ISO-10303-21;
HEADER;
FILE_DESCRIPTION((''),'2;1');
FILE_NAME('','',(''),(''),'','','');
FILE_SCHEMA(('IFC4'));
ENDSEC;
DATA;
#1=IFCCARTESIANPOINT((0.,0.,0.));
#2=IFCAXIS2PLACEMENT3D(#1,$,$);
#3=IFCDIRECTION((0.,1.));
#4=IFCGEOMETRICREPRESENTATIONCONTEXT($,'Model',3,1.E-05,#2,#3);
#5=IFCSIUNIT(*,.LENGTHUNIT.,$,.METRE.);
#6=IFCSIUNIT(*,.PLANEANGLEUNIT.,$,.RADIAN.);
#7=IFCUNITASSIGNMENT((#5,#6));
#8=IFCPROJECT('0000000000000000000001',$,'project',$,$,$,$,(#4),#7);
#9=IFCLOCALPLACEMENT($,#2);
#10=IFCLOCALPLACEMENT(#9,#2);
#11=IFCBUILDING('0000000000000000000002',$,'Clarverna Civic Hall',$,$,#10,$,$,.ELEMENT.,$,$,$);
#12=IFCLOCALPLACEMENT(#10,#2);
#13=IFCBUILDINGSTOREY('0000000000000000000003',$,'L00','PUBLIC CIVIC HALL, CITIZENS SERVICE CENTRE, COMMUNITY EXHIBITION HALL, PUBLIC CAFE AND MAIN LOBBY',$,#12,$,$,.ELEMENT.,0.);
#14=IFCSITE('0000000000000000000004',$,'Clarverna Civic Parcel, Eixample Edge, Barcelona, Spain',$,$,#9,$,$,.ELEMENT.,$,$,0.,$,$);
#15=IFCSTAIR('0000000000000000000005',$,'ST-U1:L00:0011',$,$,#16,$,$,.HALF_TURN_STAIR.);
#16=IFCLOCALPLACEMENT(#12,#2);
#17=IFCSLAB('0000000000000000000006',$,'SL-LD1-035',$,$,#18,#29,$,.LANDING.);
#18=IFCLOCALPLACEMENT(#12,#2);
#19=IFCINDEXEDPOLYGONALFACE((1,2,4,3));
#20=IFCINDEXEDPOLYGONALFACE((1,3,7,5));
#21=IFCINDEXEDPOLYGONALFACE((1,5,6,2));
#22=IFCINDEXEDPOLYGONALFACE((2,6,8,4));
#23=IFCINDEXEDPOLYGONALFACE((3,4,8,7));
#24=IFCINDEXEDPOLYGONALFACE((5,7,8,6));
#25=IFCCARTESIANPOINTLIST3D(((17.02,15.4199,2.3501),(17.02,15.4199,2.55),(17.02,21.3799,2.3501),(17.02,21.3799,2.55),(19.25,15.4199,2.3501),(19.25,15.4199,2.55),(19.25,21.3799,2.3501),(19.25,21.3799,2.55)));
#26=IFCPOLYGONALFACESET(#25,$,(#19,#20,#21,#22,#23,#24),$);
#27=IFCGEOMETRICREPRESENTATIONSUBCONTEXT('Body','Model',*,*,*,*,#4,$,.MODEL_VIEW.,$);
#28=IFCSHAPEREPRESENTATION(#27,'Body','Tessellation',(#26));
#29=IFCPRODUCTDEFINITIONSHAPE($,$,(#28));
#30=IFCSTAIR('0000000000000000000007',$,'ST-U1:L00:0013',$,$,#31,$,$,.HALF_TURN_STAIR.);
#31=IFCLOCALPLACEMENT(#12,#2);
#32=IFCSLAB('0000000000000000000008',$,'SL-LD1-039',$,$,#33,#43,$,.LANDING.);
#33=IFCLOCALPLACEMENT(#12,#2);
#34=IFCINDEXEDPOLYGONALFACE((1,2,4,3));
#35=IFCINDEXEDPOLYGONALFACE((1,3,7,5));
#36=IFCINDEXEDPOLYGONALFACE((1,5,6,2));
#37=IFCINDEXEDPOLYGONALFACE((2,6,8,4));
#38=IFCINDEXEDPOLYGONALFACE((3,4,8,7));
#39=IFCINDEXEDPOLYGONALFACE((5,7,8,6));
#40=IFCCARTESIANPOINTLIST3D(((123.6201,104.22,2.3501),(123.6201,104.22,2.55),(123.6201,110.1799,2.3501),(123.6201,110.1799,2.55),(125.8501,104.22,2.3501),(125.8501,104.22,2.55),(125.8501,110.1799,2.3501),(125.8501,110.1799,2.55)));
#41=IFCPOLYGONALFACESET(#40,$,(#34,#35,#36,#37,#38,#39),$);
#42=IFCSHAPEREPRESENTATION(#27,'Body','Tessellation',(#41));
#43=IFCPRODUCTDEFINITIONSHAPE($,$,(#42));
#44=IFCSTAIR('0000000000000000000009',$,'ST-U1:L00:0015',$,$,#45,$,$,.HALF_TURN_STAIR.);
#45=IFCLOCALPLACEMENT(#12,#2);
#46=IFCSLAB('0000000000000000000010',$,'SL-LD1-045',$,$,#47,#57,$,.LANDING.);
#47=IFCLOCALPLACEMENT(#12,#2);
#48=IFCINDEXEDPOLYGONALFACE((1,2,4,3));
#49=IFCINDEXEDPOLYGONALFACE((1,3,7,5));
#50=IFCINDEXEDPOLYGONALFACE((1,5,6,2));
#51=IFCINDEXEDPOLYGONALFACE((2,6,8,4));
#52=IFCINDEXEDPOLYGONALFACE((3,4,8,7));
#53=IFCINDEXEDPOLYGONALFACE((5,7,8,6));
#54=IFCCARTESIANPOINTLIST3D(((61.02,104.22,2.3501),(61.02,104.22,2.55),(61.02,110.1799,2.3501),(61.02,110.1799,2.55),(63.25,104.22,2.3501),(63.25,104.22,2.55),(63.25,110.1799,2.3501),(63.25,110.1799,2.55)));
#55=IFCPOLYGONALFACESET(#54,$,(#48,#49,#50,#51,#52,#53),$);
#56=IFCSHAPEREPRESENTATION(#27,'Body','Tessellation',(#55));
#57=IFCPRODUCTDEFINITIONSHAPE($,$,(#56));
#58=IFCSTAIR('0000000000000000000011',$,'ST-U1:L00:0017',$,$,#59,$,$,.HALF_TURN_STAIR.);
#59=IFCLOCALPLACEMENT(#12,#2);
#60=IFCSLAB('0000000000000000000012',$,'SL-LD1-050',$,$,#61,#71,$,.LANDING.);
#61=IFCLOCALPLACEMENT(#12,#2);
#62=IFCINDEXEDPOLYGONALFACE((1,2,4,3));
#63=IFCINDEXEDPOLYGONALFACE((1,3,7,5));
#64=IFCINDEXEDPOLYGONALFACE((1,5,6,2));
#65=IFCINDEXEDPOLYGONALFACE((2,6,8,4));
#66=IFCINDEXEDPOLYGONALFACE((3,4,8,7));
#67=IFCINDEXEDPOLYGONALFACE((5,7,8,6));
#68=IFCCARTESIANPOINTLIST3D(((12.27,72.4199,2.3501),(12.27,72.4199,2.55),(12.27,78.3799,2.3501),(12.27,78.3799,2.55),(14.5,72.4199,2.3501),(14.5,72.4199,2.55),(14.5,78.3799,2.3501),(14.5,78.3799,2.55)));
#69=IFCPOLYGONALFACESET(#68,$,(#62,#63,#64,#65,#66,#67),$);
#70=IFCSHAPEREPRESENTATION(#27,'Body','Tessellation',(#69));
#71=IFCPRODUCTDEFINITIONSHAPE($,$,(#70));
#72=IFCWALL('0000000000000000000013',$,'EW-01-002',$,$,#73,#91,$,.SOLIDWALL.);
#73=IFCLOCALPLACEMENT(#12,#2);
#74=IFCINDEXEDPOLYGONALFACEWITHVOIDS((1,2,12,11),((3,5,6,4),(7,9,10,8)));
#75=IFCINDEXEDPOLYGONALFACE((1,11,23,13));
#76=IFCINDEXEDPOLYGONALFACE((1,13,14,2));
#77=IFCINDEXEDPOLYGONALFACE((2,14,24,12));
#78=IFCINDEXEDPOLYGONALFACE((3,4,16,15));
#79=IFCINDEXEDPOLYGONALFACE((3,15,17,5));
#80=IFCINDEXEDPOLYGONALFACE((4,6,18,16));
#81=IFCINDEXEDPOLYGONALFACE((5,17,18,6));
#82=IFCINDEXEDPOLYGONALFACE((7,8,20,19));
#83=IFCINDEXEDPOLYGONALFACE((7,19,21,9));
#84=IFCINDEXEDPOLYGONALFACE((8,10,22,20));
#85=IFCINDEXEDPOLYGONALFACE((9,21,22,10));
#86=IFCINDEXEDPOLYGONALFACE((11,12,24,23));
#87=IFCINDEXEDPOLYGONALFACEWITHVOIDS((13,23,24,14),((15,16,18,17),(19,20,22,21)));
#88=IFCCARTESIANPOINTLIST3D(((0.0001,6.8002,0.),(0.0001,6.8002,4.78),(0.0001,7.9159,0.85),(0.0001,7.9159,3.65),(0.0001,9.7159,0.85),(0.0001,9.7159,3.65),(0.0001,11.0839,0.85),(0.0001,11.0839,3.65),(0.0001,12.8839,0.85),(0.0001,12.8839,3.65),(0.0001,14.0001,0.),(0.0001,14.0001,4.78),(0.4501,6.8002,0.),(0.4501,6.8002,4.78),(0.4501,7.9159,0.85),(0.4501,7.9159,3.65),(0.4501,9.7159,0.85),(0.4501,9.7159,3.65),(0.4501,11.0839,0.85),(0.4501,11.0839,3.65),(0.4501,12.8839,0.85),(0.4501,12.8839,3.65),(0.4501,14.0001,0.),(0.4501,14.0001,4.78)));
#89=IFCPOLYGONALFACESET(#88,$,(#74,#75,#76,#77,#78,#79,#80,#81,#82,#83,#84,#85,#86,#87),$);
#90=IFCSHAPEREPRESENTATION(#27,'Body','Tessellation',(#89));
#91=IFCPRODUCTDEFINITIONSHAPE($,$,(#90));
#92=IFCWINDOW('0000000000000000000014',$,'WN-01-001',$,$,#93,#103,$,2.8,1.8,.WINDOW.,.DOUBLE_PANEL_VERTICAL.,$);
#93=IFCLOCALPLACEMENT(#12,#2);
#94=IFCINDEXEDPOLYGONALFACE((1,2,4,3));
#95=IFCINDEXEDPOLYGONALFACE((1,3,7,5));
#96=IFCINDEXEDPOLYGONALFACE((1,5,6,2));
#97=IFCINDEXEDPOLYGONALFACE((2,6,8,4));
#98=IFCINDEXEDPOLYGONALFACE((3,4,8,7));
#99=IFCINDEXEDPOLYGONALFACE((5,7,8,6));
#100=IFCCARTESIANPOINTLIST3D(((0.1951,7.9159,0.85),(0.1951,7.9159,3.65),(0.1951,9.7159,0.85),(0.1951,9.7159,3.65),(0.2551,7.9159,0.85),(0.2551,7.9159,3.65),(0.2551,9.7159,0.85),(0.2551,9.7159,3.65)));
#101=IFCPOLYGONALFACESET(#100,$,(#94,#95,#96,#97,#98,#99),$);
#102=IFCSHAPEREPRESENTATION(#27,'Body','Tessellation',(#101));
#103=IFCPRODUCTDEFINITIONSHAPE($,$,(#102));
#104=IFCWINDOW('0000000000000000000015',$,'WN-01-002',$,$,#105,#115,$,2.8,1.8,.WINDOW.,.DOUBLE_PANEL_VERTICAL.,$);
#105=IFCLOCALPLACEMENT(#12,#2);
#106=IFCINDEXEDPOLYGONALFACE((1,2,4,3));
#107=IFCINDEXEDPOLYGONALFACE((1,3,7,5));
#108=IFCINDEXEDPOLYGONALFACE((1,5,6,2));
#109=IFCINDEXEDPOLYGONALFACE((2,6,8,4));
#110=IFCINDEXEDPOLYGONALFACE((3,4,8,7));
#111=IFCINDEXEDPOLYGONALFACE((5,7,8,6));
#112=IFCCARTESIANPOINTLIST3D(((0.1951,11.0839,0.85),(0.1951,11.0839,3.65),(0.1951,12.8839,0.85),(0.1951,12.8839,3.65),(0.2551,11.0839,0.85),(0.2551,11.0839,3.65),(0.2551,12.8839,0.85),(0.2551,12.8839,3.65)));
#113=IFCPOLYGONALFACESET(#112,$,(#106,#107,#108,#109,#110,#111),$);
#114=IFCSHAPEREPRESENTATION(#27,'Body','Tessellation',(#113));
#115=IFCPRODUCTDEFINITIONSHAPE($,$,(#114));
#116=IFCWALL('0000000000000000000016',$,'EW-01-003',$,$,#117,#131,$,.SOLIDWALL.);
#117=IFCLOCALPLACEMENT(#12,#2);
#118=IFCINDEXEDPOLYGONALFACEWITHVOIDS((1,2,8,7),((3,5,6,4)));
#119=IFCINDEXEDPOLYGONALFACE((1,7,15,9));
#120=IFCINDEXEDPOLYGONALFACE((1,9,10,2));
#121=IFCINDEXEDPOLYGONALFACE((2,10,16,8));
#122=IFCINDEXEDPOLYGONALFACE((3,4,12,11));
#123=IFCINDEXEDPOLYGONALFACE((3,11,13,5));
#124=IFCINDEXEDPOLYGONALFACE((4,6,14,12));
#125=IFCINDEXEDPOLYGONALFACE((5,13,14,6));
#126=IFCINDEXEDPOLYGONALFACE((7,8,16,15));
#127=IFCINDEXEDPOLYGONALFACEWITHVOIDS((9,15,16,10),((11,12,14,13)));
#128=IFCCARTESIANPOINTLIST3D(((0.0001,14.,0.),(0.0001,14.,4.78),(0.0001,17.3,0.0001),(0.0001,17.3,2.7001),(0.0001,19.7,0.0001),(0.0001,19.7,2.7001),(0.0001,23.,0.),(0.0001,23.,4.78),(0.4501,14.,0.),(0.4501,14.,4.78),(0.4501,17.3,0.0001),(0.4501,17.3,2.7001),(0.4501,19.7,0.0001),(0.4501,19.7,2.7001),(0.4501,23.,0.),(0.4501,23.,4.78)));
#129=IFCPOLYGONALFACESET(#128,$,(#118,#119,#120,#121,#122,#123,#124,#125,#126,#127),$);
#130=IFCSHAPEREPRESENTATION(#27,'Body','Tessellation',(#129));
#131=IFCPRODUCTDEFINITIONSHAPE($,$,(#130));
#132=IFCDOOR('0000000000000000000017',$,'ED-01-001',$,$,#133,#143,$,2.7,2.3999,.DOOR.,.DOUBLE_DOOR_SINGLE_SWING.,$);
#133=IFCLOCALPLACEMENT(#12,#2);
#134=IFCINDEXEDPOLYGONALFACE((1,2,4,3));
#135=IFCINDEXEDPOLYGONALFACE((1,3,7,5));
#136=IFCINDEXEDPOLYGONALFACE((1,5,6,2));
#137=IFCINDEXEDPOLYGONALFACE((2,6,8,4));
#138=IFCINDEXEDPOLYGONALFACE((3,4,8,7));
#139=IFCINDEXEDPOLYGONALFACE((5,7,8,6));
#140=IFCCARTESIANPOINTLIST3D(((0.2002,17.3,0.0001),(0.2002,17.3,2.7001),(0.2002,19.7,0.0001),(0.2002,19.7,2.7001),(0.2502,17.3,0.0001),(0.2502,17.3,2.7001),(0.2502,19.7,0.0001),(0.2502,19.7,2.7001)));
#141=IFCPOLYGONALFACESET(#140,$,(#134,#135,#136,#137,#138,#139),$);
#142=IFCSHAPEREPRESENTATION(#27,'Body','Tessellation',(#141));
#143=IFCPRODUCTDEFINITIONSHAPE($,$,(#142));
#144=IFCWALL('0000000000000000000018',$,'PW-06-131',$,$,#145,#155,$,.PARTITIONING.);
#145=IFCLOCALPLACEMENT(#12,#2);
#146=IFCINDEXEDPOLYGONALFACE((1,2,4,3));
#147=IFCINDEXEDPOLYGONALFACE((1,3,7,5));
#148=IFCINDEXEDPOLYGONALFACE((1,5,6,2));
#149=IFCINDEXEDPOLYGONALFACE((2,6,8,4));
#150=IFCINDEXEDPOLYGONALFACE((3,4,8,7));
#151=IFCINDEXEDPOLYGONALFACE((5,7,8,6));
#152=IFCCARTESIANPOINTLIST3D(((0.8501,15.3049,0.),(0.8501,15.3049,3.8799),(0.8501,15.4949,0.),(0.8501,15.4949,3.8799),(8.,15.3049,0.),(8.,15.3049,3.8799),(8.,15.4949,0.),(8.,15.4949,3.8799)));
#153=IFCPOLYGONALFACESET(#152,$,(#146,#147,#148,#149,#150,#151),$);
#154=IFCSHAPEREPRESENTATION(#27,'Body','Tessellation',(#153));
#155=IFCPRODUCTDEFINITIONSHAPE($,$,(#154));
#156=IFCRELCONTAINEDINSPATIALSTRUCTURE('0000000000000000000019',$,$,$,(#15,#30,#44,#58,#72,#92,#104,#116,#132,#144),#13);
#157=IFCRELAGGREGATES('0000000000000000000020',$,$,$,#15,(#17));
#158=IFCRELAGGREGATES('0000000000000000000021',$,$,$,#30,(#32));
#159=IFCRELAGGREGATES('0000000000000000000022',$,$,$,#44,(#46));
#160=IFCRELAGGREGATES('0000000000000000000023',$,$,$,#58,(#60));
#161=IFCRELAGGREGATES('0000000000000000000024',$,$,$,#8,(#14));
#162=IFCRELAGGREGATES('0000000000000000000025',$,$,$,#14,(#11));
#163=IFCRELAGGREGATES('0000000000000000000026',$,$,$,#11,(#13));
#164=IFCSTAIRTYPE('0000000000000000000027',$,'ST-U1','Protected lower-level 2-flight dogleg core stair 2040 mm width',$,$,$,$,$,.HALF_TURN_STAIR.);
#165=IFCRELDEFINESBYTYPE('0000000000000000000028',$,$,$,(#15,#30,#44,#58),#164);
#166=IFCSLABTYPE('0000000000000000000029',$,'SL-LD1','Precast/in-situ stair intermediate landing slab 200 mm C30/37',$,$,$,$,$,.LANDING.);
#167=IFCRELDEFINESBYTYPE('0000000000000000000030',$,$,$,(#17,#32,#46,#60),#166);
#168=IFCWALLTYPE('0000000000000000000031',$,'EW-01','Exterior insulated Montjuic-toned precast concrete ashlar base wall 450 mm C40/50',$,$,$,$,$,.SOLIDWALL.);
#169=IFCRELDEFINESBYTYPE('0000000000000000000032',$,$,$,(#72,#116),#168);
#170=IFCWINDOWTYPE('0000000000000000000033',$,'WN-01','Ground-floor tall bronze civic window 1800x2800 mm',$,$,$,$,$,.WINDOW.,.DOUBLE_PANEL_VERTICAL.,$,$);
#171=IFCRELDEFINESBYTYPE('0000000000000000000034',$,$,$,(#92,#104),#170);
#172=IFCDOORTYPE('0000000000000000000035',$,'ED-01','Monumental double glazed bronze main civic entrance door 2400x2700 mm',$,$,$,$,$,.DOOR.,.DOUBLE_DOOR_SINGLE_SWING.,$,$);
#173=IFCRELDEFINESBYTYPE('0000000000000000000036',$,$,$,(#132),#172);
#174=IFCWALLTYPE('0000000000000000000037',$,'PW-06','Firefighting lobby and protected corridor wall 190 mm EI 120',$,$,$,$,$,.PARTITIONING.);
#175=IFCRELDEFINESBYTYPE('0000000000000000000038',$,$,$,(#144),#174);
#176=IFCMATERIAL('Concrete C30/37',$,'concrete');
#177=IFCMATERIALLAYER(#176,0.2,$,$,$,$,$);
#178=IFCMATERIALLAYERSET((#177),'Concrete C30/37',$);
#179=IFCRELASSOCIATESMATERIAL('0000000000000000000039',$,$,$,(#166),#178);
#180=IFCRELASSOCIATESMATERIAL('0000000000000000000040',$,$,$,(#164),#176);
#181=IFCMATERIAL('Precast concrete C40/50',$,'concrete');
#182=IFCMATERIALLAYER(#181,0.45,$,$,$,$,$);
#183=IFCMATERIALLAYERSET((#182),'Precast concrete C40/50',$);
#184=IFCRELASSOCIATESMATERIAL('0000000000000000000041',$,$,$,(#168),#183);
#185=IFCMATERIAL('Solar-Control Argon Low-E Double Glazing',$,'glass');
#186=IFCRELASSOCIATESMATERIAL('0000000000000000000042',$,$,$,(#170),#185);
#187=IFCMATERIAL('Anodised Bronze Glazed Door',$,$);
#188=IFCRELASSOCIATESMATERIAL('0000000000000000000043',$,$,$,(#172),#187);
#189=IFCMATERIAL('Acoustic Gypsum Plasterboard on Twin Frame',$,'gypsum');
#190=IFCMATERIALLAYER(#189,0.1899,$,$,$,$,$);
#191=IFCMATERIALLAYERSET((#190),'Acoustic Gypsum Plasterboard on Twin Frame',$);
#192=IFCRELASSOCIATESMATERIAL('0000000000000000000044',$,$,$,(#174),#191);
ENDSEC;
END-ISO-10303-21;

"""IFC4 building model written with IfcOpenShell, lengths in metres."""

from ifc_helpers import new_model, si_unit, direction, frame, frame_2d, origin, place, context, subcontext, project, spatial, polyline, rectangle, outline, extrude, material, layer, layer_set, type_object, element, fill, aggregate, save


model = new_model("IFC4")

# Units and contexts
model_context = context("Model", 3, precision=1e-05, world=origin(), true_north=direction((0.0, 1.0)))
body_context = subcontext(model_context, "Body", "Model", "MODEL_VIEW")
ifc_project = project(units=[si_unit("LENGTHUNIT", "METRE"), si_unit("PLANEANGLEUNIT", "RADIAN")], contexts=[model_context])

# Site, building, storey
site_placement = place(None, origin())
site = spatial("IfcSite", under=ifc_project, at=site_placement, Name="Clarverna Civic Parcel, Eixample Edge, Barcelona, Spain", CompositionType="ELEMENT", RefElevation=0.0)
building_placement = place(site_placement, origin())
building = spatial("IfcBuilding", under=site, at=building_placement, Name="Clarverna Civic Hall", CompositionType="ELEMENT")
storey_placement = place(building_placement, origin())
storey = spatial("IfcBuildingStorey", under=building, at=storey_placement, Name="L00", Description="PUBLIC CIVIC HALL, CITIZENS SERVICE CENTRE, COMMUNITY EXHIBITION HALL, PUBLIC CAFE AND MAIN LOBBY", CompositionType="ELEMENT", Elevation=0.0)

# Stairs, slabs
ifc_material_1 = material(Name="Concrete C30/37", Category="concrete")
ifc_layer_1 = layer(ifc_material_1, 0.2)
ifc_layer_set_1 = layer_set([ifc_layer_1], Name="Concrete C30/37")
slab_type = type_object("IfcSlabType", Name="SL-LD1", Description="Precast/in-situ stair intermediate landing slab 200 mm C30/37", PredefinedType="LANDING", material=ifc_layer_set_1)
stair_type_1 = type_object("IfcStairType", Name="ST-U1", Description="Protected lower-level 2-flight dogleg core stair 2040 mm width", PredefinedType="HALF_TURN_STAIR", material=ifc_material_1)
stair_1_placement = place(storey_placement, origin())
stair_1 = element("IfcStair", 1, at=stair_1_placement, inside=storey, type_object=stair_type_1, Name="ST-U1:L00:0011", PredefinedType="HALF_TURN_STAIR")
slab_1_placement = place(storey_placement, frame((0.0, 0.0, 2.3501)))
slab_1 = element("IfcSlab", 2, at=slab_1_placement, type_object=slab_type, Name="SL-LD1-035", PredefinedType="LANDING", context=body_context, shape_type="SweptSolid", body=[
    extrude(outline(polyline([(17.02, 15.4199), (19.25, 15.4199), (19.25, 21.3799), (17.02, 21.3799), (17.02, 15.4199)])), origin(), (0.0, 0.0, 1.0), 0.2),
])
aggregate(stair_1, [slab_1])
stair_2_placement = place(storey_placement, origin())
stair_2 = element("IfcStair", 3, at=stair_2_placement, inside=storey, type_object=stair_type_1, Name="ST-U1:L00:0013", PredefinedType="HALF_TURN_STAIR")
slab_2_placement = place(storey_placement, frame((0.0, 0.0, 2.3501)))
slab_2 = element("IfcSlab", 4, at=slab_2_placement, type_object=slab_type, Name="SL-LD1-039", PredefinedType="LANDING", context=body_context, shape_type="SweptSolid", body=[
    extrude(outline(polyline([(123.6201, 104.22), (125.8501, 104.22), (125.8501, 110.1799), (123.6201, 110.1799), (123.6201, 104.22)])), origin(), (0.0, 0.0, 1.0), 0.2),
])
aggregate(stair_2, [slab_2])
stair_3_placement = place(storey_placement, origin())
stair_3 = element("IfcStair", 5, at=stair_3_placement, inside=storey, type_object=stair_type_1, Name="ST-U1:L00:0015", PredefinedType="HALF_TURN_STAIR")
slab_3_placement = place(storey_placement, frame((0.0, 0.0, 2.3501)))
slab_3 = element("IfcSlab", 6, at=slab_3_placement, type_object=slab_type, Name="SL-LD1-045", PredefinedType="LANDING", context=body_context, shape_type="SweptSolid", body=[
    extrude(outline(polyline([(61.02, 104.22), (63.25, 104.22), (63.25, 110.1799), (61.02, 110.1799), (61.02, 104.22)])), origin(), (0.0, 0.0, 1.0), 0.2),
])
aggregate(stair_3, [slab_3])
stair_4_placement = place(storey_placement, origin())
stair_4 = element("IfcStair", 7, at=stair_4_placement, inside=storey, type_object=stair_type_1, Name="ST-U1:L00:0017", PredefinedType="HALF_TURN_STAIR")
slab_4_placement = place(storey_placement, frame((0.0, 0.0, 2.3501)))
slab_4 = element("IfcSlab", 8, at=slab_4_placement, type_object=slab_type, Name="SL-LD1-050", PredefinedType="LANDING", context=body_context, shape_type="SweptSolid", body=[
    extrude(outline(polyline([(12.27, 72.4199), (14.5, 72.4199), (14.5, 78.3799), (12.27, 78.3799), (12.27, 72.4199)])), origin(), (0.0, 0.0, 1.0), 0.2),
])
aggregate(stair_4, [slab_4])

# Shared definitions
ifc_material_2 = material(Name="Precast concrete C40/50", Category="concrete")
ifc_layer_2 = layer(ifc_material_2, 0.45)
ifc_layer_set_2 = layer_set([ifc_layer_2], Name="Precast concrete C40/50")
wall_type_1 = type_object("IfcWallType", Name="EW-01", Description="Exterior insulated Montjuic-toned precast concrete ashlar base wall 450 mm C40/50", PredefinedType="SOLIDWALL", material=ifc_layer_set_2)
ifc_material_3 = material(Name="Anodised Bronze Glazed Door")

# Wall, openings, windows
wall_1_placement = place(storey_placement, frame((0.2251, 6.8, 0.0), z_axis=(0.0, 0.0, 1.0), x_axis=(0.0, 1.0, 0.0)))
wall_1 = element("IfcWall", 9, at=wall_1_placement, inside=storey, type_object=wall_type_1, Name="EW-01-002", PredefinedType="SOLIDWALL", context=body_context, shape_type="SweptSolid", body=[
    extrude(rectangle(XDim=7.2, YDim=0.45, at=frame_2d((3.6001, 0.0))), origin(), (0.0, 0.0, 1.0), 4.78),
])
opening_1_placement = place(wall_1_placement, frame((1.116, 0.0, 0.8501)))
opening_1 = element("IfcOpeningElement", 10, at=opening_1_placement, cuts=wall_1, PredefinedType="OPENING", context=body_context, shape_type="SweptSolid", body=[
    extrude(rectangle(XDim=1.8, YDim=2.8, at=frame_2d((0.8999, 1.3999))), frame((0.0, 0.2349, 0.0), z_axis=(0.0, -1.0, 0.0), x_axis=(1.0, 0.0, 0.0)), (0.0, 0.0, 1.0), 0.47),
])
opening_2_placement = place(wall_1_placement, frame((4.2839, 0.0, 0.8501)))
opening_2 = element("IfcOpeningElement", 11, at=opening_2_placement, cuts=wall_1, PredefinedType="OPENING", context=body_context, shape_type="SweptSolid", body=[
    extrude(rectangle(XDim=1.8, YDim=2.8, at=frame_2d((0.8999, 1.3999))), frame((0.0, 0.2349, 0.0), z_axis=(0.0, -1.0, 0.0), x_axis=(1.0, 0.0, 0.0)), (0.0, 0.0, 1.0), 0.47),
])
ifc_material_4 = material(Name="Solar-Control Argon Low-E Double Glazing", Category="glass")
window_type = type_object("IfcWindowType", Name="WN-01", Description="Ground-floor tall bronze civic window 1800x2800 mm", PartitioningType="DOUBLE_PANEL_VERTICAL", PredefinedType="WINDOW", material=ifc_material_4)
window_1_placement = place(opening_1_placement, origin())
window_1 = element("IfcWindow", 12, at=window_1_placement, inside=storey, type_object=window_type, Name="WN-01-001", OverallHeight=2.8, OverallWidth=1.8, PartitioningType="DOUBLE_PANEL_VERTICAL", PredefinedType="WINDOW", context=body_context, shape_type="SweptSolid", body=[
    extrude(rectangle(XDim=1.8, YDim=2.8, at=frame_2d((0.8999, 1.3999))), frame((0.0, 0.03, 0.0), z_axis=(0.0, -1.0, 0.0), x_axis=(1.0, 0.0, 0.0)), (0.0, 0.0, 1.0), 0.0601),
])
fill(opening_1, window_1)
window_2_placement = place(opening_2_placement, origin())
window_2 = element("IfcWindow", 13, at=window_2_placement, inside=storey, type_object=window_type, Name="WN-01-002", OverallHeight=2.8, OverallWidth=1.8, PartitioningType="DOUBLE_PANEL_VERTICAL", PredefinedType="WINDOW", context=body_context, shape_type="SweptSolid", body=[
    extrude(rectangle(XDim=1.8, YDim=2.8, at=frame_2d((0.8999, 1.3999))), frame((0.0, 0.03, 0.0), z_axis=(0.0, -1.0, 0.0), x_axis=(1.0, 0.0, 0.0)), (0.0, 0.0, 1.0), 0.0601),
])
fill(opening_2, window_2)

# Wall, opening, door
wall_2_placement = place(storey_placement, frame((0.2251, 14.0, 0.0), z_axis=(0.0, 0.0, 1.0), x_axis=(0.0, 1.0, 0.0)))
wall_2 = element("IfcWall", 14, at=wall_2_placement, inside=storey, type_object=wall_type_1, Name="EW-01-003", PredefinedType="SOLIDWALL", context=body_context, shape_type="SweptSolid", body=[
    extrude(rectangle(XDim=9.0, YDim=0.45, at=frame_2d((4.5, 0.0))), origin(), (0.0, 0.0, 1.0), 4.78),
])
opening_3_placement = place(wall_2_placement, frame((3.3, 0.0, 0.0)))
opening_3 = element("IfcOpeningElement", 15, at=opening_3_placement, cuts=wall_2, PredefinedType="OPENING", context=body_context, shape_type="SweptSolid", body=[
    extrude(rectangle(XDim=2.3999, YDim=2.7, at=frame_2d((1.2, 1.3501))), frame((0.0, 0.2349, 0.0), z_axis=(0.0, -1.0, 0.0), x_axis=(1.0, 0.0, 0.0)), (0.0, 0.0, 1.0), 0.47),
])
door_type_1 = type_object("IfcDoorType", Name="ED-01", Description="Monumental double glazed bronze main civic entrance door 2400x2700 mm", OperationType="DOUBLE_DOOR_SINGLE_SWING", PredefinedType="DOOR", material=ifc_material_3)
door_1_placement = place(opening_3_placement, origin())
door_1 = element("IfcDoor", 16, at=door_1_placement, inside=storey, type_object=door_type_1, Name="ED-01-001", OperationType="DOUBLE_DOOR_SINGLE_SWING", OverallHeight=2.7, OverallWidth=2.3999, PredefinedType="DOOR", context=body_context, shape_type="SweptSolid", body=[
    extrude(rectangle(XDim=2.3999, YDim=2.7, at=frame_2d((1.2, 1.3501))), frame((0.0, 0.0249, 0.0), z_axis=(0.0, -1.0, 0.0), x_axis=(1.0, 0.0, 0.0)), (0.0, 0.0, 1.0), 0.05),
])
fill(opening_3, door_1)

# Wall
ifc_material_5 = material(Name="Acoustic Gypsum Plasterboard on Twin Frame", Category="gypsum")
ifc_layer_3 = layer(ifc_material_5, 0.1899)
ifc_layer_set_3 = layer_set([ifc_layer_3], Name="Acoustic Gypsum Plasterboard on Twin Frame")
wall_type_2 = type_object("IfcWallType", Name="PW-06", Description="Firefighting lobby and protected corridor wall 190 mm EI 120", PredefinedType="PARTITIONING", material=ifc_layer_set_3)
wall_3_placement = place(storey_placement, frame((0.8501, 15.3999, 0.0), z_axis=(0.0, 0.0, 1.0), x_axis=(1.0, 0.0, 0.0)))
element("IfcWall", 17, at=wall_3_placement, inside=storey, type_object=wall_type_2, Name="PW-06-131", PredefinedType="PARTITIONING", context=body_context, shape_type="SweptSolid", body=[
    extrude(rectangle(XDim=7.1499, YDim=0.1899, at=frame_2d((3.575, 0.0))), origin(), (0.0, 0.0, 1.0), 3.8799),
])

save(model, "model.ifc")
